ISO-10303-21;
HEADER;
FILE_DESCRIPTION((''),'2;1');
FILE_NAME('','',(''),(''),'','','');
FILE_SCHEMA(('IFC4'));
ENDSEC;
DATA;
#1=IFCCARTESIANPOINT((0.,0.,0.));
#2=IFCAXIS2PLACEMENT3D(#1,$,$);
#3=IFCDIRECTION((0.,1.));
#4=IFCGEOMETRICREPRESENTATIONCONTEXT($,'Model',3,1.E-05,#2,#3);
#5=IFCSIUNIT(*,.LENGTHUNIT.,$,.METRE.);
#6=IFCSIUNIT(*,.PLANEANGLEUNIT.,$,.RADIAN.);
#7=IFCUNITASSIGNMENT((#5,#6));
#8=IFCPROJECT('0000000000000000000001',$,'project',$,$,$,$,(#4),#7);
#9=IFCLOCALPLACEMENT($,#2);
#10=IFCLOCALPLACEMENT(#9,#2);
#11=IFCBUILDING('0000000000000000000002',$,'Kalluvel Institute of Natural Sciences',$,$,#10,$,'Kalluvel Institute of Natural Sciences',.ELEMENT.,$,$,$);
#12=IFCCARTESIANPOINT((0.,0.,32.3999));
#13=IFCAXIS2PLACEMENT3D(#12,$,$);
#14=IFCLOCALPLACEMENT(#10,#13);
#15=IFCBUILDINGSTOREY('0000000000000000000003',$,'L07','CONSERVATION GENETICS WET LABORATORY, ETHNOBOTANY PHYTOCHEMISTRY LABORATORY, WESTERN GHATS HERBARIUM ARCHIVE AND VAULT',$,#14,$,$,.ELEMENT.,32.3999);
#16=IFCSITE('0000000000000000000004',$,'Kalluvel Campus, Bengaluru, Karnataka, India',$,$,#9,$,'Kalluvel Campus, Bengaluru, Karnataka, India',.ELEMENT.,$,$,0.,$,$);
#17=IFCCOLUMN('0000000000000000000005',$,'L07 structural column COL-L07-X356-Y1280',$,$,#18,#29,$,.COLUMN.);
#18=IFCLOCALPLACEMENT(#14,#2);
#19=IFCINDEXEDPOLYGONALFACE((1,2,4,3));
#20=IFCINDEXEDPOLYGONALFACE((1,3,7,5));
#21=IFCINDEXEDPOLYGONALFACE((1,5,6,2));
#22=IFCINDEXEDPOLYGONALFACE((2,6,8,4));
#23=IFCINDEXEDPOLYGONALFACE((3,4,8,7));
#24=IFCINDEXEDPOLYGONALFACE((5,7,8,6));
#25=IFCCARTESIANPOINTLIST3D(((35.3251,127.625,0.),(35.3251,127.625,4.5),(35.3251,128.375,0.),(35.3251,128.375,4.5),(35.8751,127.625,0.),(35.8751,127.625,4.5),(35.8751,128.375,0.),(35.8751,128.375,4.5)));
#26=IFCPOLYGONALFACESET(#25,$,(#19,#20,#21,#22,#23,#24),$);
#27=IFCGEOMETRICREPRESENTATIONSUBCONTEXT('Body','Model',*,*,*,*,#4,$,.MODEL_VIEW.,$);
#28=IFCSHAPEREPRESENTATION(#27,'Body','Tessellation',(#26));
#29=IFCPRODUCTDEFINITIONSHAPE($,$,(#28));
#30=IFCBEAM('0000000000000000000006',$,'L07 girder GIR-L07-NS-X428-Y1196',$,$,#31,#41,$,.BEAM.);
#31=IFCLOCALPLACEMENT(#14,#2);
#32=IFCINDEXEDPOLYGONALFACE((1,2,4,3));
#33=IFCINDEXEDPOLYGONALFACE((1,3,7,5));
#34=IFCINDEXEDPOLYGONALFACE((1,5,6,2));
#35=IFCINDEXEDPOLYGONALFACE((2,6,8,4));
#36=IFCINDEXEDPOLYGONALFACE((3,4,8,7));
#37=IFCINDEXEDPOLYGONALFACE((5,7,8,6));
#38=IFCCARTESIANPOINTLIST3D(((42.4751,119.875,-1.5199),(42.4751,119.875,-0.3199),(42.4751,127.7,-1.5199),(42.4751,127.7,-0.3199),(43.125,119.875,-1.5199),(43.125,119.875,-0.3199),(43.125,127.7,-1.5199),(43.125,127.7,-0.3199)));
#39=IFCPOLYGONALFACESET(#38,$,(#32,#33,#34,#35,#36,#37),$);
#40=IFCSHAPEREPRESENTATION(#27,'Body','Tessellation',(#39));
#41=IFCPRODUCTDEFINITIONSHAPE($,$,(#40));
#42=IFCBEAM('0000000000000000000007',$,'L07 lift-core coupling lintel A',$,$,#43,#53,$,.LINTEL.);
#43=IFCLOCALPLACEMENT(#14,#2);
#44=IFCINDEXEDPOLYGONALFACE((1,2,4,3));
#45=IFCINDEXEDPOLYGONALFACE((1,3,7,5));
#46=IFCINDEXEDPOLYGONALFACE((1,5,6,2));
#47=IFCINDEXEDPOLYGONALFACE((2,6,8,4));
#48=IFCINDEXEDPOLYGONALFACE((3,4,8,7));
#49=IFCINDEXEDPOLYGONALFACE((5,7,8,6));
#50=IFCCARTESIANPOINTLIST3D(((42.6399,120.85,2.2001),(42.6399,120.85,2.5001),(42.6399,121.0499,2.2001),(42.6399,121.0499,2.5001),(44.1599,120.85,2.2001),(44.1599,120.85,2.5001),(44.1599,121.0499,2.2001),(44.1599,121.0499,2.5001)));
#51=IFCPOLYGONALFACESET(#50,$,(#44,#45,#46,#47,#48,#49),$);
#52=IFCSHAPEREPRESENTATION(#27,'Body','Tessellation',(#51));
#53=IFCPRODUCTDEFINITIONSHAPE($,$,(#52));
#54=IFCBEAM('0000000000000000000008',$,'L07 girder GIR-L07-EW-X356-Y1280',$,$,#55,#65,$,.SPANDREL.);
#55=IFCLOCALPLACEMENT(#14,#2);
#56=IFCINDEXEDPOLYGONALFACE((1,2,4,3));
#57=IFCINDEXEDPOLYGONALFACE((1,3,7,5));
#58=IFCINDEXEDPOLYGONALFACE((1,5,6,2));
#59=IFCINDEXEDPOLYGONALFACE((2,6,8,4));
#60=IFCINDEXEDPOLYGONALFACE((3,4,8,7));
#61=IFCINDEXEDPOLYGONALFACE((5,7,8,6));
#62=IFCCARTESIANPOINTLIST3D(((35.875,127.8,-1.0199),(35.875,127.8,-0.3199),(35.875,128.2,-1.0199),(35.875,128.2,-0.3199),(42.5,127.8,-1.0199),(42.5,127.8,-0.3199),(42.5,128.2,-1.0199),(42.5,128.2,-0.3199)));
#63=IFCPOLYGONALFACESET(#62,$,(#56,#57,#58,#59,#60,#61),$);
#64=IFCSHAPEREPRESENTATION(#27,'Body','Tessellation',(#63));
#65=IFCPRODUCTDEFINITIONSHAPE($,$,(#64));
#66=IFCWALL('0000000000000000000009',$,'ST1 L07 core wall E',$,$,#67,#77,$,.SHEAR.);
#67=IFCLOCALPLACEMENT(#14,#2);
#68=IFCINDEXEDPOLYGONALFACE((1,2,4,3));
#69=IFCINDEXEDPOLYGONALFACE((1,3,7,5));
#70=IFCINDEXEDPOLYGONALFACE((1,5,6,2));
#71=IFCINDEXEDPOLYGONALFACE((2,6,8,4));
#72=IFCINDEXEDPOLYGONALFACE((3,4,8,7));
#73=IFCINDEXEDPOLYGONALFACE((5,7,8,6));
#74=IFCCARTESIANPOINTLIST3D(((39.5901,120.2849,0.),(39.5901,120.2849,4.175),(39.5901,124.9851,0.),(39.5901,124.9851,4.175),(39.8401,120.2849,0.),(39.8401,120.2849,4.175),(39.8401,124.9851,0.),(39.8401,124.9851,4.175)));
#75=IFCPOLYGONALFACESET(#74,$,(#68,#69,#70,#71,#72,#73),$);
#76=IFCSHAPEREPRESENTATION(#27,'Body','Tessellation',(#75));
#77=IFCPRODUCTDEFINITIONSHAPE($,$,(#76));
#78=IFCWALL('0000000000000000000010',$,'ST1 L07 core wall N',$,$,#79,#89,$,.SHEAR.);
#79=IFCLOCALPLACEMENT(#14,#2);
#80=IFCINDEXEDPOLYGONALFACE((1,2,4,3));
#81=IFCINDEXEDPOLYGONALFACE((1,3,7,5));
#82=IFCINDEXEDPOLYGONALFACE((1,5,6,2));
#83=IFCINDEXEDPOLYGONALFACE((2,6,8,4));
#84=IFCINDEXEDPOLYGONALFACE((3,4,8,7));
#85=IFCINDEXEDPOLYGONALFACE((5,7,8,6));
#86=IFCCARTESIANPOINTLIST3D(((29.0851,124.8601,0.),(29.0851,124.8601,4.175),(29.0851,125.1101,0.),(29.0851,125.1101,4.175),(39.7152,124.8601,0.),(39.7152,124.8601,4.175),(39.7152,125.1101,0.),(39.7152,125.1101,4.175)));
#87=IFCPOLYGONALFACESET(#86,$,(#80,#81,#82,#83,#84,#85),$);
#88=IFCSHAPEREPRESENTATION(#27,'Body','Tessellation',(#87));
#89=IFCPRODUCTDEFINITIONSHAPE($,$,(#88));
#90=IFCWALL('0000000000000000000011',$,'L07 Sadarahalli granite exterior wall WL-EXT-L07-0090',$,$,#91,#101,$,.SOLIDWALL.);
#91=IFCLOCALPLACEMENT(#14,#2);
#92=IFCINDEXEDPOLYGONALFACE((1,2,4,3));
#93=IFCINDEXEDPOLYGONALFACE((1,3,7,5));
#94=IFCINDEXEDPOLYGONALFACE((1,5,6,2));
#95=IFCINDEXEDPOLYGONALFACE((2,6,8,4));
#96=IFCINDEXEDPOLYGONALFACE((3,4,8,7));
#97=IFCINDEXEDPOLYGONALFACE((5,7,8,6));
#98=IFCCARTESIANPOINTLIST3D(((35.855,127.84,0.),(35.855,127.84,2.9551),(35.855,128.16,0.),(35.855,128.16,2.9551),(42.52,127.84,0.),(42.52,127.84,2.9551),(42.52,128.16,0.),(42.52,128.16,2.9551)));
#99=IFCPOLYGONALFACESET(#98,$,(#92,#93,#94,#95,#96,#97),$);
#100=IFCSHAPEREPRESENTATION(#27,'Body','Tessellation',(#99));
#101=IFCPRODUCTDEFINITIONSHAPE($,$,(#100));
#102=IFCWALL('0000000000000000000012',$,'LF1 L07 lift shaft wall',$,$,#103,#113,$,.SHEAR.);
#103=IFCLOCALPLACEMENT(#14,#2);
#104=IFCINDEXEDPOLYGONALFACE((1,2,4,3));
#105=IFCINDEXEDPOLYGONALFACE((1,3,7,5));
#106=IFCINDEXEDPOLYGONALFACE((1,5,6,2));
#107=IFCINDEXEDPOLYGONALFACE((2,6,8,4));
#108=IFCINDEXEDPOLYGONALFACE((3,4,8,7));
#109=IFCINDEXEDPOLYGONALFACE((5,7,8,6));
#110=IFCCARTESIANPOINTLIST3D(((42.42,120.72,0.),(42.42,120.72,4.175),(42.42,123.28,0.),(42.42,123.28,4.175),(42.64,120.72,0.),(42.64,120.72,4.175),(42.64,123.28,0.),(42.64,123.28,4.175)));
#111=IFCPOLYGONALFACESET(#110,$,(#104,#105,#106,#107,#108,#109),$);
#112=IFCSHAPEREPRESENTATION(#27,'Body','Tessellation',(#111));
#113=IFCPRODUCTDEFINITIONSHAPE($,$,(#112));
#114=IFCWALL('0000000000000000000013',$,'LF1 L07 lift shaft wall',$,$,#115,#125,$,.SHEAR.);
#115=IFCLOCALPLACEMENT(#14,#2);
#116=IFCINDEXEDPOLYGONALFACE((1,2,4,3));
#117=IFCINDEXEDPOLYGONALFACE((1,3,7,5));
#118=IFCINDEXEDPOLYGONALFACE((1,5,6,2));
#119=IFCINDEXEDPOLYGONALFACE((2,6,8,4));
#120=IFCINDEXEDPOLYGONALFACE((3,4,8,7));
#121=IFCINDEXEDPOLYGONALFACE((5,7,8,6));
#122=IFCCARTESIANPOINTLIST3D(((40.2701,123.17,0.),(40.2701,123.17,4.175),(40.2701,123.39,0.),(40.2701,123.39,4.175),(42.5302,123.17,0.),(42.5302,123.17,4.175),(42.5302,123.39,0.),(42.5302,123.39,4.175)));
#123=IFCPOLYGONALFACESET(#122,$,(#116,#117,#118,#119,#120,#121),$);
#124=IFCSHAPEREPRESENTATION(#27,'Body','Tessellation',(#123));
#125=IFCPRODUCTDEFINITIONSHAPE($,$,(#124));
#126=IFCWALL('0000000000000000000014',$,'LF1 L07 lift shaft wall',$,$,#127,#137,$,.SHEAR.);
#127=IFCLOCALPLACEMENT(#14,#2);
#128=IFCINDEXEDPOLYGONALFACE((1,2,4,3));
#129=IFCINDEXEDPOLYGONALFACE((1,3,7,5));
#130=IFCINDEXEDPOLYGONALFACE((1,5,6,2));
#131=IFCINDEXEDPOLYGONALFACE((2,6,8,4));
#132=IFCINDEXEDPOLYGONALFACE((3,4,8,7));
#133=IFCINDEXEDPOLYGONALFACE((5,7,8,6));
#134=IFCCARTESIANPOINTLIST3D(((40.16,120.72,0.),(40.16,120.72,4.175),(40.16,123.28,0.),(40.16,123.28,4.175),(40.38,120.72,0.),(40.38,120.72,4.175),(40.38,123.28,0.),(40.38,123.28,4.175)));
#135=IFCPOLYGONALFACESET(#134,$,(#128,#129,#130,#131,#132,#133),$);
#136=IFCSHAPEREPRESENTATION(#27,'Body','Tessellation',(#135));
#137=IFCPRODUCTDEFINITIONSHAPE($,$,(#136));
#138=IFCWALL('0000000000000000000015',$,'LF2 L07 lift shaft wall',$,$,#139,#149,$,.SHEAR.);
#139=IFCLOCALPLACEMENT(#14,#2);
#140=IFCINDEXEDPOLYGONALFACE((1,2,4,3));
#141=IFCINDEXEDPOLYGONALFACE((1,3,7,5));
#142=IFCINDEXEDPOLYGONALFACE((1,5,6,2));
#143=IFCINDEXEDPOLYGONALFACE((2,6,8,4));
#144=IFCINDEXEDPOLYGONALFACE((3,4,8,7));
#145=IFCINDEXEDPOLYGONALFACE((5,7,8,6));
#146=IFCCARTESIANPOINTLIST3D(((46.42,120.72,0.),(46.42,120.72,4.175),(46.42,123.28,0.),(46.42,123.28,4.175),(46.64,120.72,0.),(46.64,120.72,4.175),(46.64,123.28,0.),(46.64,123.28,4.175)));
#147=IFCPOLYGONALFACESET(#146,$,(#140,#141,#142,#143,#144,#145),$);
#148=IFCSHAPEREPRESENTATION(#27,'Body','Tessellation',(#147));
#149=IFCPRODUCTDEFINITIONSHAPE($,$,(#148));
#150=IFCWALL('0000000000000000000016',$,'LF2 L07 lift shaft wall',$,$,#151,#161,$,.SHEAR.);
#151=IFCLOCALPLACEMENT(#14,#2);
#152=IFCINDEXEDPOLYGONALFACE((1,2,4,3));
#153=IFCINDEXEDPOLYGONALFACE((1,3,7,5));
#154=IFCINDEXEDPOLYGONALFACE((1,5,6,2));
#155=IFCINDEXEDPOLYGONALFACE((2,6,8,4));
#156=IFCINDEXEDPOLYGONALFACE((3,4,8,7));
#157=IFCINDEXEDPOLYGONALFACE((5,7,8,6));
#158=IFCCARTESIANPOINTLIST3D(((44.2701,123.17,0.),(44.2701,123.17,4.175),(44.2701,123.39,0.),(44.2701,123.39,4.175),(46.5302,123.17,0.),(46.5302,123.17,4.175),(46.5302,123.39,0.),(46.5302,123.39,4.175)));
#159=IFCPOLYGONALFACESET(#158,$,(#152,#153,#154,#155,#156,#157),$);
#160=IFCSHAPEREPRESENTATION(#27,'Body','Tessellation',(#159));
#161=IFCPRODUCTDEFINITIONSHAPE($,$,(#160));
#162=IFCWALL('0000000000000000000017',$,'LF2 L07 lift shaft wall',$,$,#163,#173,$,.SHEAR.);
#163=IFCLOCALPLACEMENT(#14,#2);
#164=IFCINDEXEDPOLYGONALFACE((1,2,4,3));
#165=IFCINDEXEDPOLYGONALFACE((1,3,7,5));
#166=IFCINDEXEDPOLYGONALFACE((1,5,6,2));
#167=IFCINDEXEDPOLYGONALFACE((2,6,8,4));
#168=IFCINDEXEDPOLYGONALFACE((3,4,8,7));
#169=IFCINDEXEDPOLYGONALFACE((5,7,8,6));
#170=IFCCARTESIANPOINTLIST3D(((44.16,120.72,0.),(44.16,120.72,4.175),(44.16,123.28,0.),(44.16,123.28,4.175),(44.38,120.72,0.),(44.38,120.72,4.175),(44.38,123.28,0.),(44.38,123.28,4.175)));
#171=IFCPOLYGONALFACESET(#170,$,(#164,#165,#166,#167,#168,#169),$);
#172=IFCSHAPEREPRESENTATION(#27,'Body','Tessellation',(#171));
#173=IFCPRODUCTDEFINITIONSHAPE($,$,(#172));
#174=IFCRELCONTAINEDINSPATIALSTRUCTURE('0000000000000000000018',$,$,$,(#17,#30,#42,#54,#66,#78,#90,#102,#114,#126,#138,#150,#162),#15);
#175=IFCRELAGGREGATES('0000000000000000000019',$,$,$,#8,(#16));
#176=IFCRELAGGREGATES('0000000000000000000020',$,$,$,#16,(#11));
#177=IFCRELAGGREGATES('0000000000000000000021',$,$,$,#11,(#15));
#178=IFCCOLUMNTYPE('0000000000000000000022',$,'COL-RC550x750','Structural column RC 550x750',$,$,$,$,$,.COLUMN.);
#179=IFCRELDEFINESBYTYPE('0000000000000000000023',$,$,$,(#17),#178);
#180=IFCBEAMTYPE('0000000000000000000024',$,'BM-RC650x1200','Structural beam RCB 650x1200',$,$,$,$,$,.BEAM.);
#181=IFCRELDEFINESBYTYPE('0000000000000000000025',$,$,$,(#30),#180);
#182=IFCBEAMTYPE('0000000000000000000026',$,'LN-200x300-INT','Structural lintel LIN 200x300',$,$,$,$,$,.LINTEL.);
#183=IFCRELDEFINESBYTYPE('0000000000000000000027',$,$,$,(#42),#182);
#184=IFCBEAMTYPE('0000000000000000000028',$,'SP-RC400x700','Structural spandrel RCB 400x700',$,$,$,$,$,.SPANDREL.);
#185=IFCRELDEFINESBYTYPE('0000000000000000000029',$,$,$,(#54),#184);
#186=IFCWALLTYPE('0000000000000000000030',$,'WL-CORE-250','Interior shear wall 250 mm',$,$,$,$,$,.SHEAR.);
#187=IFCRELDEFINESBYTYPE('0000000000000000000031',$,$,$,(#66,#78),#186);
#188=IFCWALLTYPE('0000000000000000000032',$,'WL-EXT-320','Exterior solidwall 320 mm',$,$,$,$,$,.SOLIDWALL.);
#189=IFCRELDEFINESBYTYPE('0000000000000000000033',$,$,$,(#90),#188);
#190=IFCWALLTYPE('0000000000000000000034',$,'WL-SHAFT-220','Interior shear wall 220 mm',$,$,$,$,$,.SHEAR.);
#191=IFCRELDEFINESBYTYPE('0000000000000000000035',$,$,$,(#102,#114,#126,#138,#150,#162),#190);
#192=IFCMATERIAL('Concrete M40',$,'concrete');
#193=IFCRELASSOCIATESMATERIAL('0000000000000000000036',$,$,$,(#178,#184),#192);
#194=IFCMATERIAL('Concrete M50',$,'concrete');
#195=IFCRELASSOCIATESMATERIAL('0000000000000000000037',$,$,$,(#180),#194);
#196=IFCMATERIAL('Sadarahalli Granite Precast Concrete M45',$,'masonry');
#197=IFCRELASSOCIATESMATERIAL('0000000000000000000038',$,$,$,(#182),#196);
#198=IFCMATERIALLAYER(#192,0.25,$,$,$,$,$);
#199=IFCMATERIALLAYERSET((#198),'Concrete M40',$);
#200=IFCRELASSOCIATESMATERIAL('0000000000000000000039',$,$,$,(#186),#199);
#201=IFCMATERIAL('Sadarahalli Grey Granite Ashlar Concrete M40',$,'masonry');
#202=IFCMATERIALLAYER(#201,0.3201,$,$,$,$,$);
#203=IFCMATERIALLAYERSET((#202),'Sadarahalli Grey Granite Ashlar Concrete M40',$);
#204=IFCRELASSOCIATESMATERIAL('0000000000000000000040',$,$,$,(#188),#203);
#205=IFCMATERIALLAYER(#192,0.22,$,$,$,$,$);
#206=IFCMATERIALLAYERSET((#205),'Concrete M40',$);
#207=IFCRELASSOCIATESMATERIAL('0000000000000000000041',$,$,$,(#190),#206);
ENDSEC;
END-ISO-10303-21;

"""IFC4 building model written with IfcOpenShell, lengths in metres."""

from ifc_helpers import new_model, si_unit, direction, frame, frame_2d, origin, origin_2d, place, context, subcontext, project, spatial, rectangle, extrude, material, layer, layer_set, material_profile, profile_set, type_object, element, save


model = new_model("IFC4")

# Units and contexts
model_context = context("Model", 3, precision=1e-05, world=origin(), true_north=direction((0.0, 1.0)))
body_context = subcontext(model_context, "Body", "Model", "MODEL_VIEW")
ifc_project = project(units=[si_unit("LENGTHUNIT", "METRE"), si_unit("PLANEANGLEUNIT", "RADIAN")], contexts=[model_context])

# Site, building, storey
site_placement = place(None, origin())
site = spatial("IfcSite", under=ifc_project, at=site_placement, Name="Kalluvel Campus, Bengaluru, Karnataka, India", LongName="Kalluvel Campus, Bengaluru, Karnataka, India", CompositionType="ELEMENT", RefElevation=0.0)
building_placement = place(site_placement, origin())
building = spatial("IfcBuilding", under=site, at=building_placement, Name="Kalluvel Institute of Natural Sciences", LongName="Kalluvel Institute of Natural Sciences", CompositionType="ELEMENT")
storey_placement = place(building_placement, frame((0.0, 0.0, 32.3999)))
storey = spatial("IfcBuildingStorey", under=building, at=storey_placement, Name="L07", Description="CONSERVATION GENETICS WET LABORATORY, ETHNOBOTANY PHYTOCHEMISTRY LABORATORY, WESTERN GHATS HERBARIUM ARCHIVE AND VAULT", CompositionType="ELEMENT", Elevation=32.3999)

# Column
ifc_material_1 = material(Name="Concrete M40", Category="concrete")
ifc_material_profile_1 = material_profile(ifc_material_1, rectangle(XDim=0.55, YDim=0.75, at=origin_2d()), Name="RC 550x750")
ifc_profile_set_1 = profile_set([ifc_material_profile_1], Name="Concrete M40")
column_type = type_object("IfcColumnType", Name="COL-RC550x750", Description="Structural column RC 550x750", PredefinedType="COLUMN", material=ifc_profile_set_1)
column_placement = place(storey_placement, frame((35.6001, 128.0, 0.0), z_axis=(0.0, 0.0, 1.0), x_axis=(1.0, 0.0, 0.0)))
element("IfcColumn", 1, at=column_placement, inside=storey, type_object=column_type, Name="L07 structural column COL-L07-X356-Y1280", PredefinedType="COLUMN", context=body_context, shape_type="SweptSolid", body=[
    extrude(rectangle(XDim=0.55, YDim=0.75, at=origin_2d()), origin(), (0.0, 0.0, 1.0), 4.5),
])

# Beams
ifc_material_2 = material(Name="Concrete M50", Category="concrete")
ifc_material_profile_2 = material_profile(ifc_material_2, rectangle(XDim=0.6499, YDim=1.2, at=origin_2d()), Name="RCB 650x1200")
ifc_profile_set_2 = profile_set([ifc_material_profile_2], Name="Concrete M50")
beam_type_1 = type_object("IfcBeamType", Name="BM-RC650x1200", Description="Structural beam RCB 650x1200", PredefinedType="BEAM", material=ifc_profile_set_2)
beam_1_placement = place(storey_placement, frame((42.8, 119.875, -0.9199), z_axis=(0.0, 1.0, 0.0), x_axis=(-1.0, 0.0, 0.0)))
element("IfcBeam", 2, at=beam_1_placement, inside=storey, type_object=beam_type_1, Name="L07 girder GIR-L07-NS-X428-Y1196", PredefinedType="BEAM", context=body_context, shape_type="SweptSolid", body=[
    extrude(rectangle(XDim=0.6499, YDim=1.2, at=origin_2d()), origin(), (0.0, 0.0, 1.0), 7.825),
])
ifc_material_3 = material(Name="Sadarahalli Granite Precast Concrete M45", Category="masonry")
ifc_material_profile_3 = material_profile(ifc_material_3, rectangle(XDim=0.2, YDim=0.3, at=origin_2d()), Name="LIN 200x300")
ifc_profile_set_3 = profile_set([ifc_material_profile_3], Name="Sadarahalli Granite Precast Concrete M45")
beam_type_2 = type_object("IfcBeamType", Name="LN-200x300-INT", Description="Structural lintel LIN 200x300", PredefinedType="LINTEL", material=ifc_profile_set_3)
beam_2_placement = place(storey_placement, frame((42.6399, 120.95, 2.3501), z_axis=(1.0, 0.0, 0.0), x_axis=(0.0, 1.0, 0.0)))
element("IfcBeam", 3, at=beam_2_placement, inside=storey, type_object=beam_type_2, Name="L07 lift-core coupling lintel A", PredefinedType="LINTEL", context=body_context, shape_type="SweptSolid", body=[
    extrude(rectangle(XDim=0.2, YDim=0.3, at=origin_2d()), origin(), (0.0, 0.0, 1.0), 1.52),
])
ifc_material_profile_4 = material_profile(ifc_material_1, rectangle(XDim=0.3999, YDim=0.7, at=origin_2d()), Name="RCB 400x700")
ifc_profile_set_4 = profile_set([ifc_material_profile_4], Name="Concrete M40")
beam_type_3 = type_object("IfcBeamType", Name="SP-RC400x700", Description="Structural spandrel RCB 400x700", PredefinedType="SPANDREL", material=ifc_profile_set_4)
beam_3_placement = place(storey_placement, frame((35.875, 128.0, -0.6699), z_axis=(1.0, 0.0, 0.0), x_axis=(0.0, 1.0, 0.0)))
element("IfcBeam", 4, at=beam_3_placement, inside=storey, type_object=beam_type_3, Name="L07 girder GIR-L07-EW-X356-Y1280", PredefinedType="SPANDREL", context=body_context, shape_type="SweptSolid", body=[
    extrude(rectangle(XDim=0.3999, YDim=0.7, at=origin_2d()), origin(), (0.0, 0.0, 1.0), 6.625),
])

# Walls
ifc_layer_1 = layer(ifc_material_1, 0.25)
ifc_layer_set_1 = layer_set([ifc_layer_1], Name="Concrete M40")
wall_type_1 = type_object("IfcWallType", Name="WL-CORE-250", Description="Interior shear wall 250 mm", PredefinedType="SHEAR", material=ifc_layer_set_1)
wall_1_placement = place(storey_placement, frame((39.7151, 120.2849, 0.0), z_axis=(0.0, 0.0, 1.0), x_axis=(0.0, 1.0, 0.0)))
element("IfcWall", 5, at=wall_1_placement, inside=storey, type_object=wall_type_1, Name="ST1 L07 core wall E", PredefinedType="SHEAR", context=body_context, shape_type="SweptSolid", body=[
    extrude(rectangle(XDim=4.7002, YDim=0.25, at=frame_2d((2.3501, 0.0))), origin(), (0.0, 0.0, 1.0), 4.175),
])
wall_2_placement = place(storey_placement, frame((39.7151, 124.9851, 0.0), z_axis=(0.0, 0.0, 1.0), x_axis=(-1.0, 0.0, 0.0)))
element("IfcWall", 6, at=wall_2_placement, inside=storey, type_object=wall_type_1, Name="ST1 L07 core wall N", PredefinedType="SHEAR", context=body_context, shape_type="SweptSolid", body=[
    extrude(rectangle(XDim=10.6301, YDim=0.25, at=frame_2d((5.3149, 0.0))), origin(), (0.0, 0.0, 1.0), 4.175),
])
ifc_material_4 = material(Name="Sadarahalli Grey Granite Ashlar Concrete M40", Category="masonry")
ifc_layer_2 = layer(ifc_material_4, 0.3201)
ifc_layer_set_2 = layer_set([ifc_layer_2], Name="Sadarahalli Grey Granite Ashlar Concrete M40")
wall_type_2 = type_object("IfcWallType", Name="WL-EXT-320", Description="Exterior solidwall 320 mm", PredefinedType="SOLIDWALL", material=ifc_layer_set_2)
wall_3_placement = place(storey_placement, frame((35.855, 128.0, 0.0), z_axis=(0.0, 0.0, 1.0), x_axis=(1.0, 0.0, 0.0)))
element("IfcWall", 7, at=wall_3_placement, inside=storey, type_object=wall_type_2, Name="L07 Sadarahalli granite exterior wall WL-EXT-L07-0090", PredefinedType="SOLIDWALL", context=body_context, shape_type="SweptSolid", body=[
    extrude(rectangle(XDim=6.665, YDim=0.3201, at=frame_2d((3.3325, 0.0))), origin(), (0.0, 0.0, 1.0), 2.9551),
])

# Shared definitions
ifc_layer_3 = layer(ifc_material_1, 0.22)
ifc_layer_set_3 = layer_set([ifc_layer_3], Name="Concrete M40")
wall_type_3 = type_object("IfcWallType", Name="WL-SHAFT-220", Description="Interior shear wall 220 mm", PredefinedType="SHEAR", material=ifc_layer_set_3)

# Walls
wall_4_placement = place(storey_placement, frame((42.53, 120.72, 0.0), z_axis=(0.0, 0.0, 1.0), x_axis=(0.0, 1.0, 0.0)))
element("IfcWall", 8, at=wall_4_placement, inside=storey, type_object=wall_type_3, Name="LF1 L07 lift shaft wall", PredefinedType="SHEAR", context=body_context, shape_type="SweptSolid", body=[
    extrude(rectangle(XDim=2.5601, YDim=0.22, at=frame_2d((1.28, 0.0))), origin(), (0.0, 0.0, 1.0), 4.175),
])
wall_5_placement = place(storey_placement, frame((42.53, 123.28, 0.0), z_axis=(0.0, 0.0, 1.0), x_axis=(-1.0, 0.0, 0.0)))
element("IfcWall", 9, at=wall_5_placement, inside=storey, type_object=wall_type_3, Name="LF1 L07 lift shaft wall", PredefinedType="SHEAR", context=body_context, shape_type="SweptSolid", body=[
    extrude(rectangle(XDim=2.26, YDim=0.22, at=frame_2d((1.1299, 0.0))), origin(), (0.0, 0.0, 1.0), 4.175),
])
wall_6_placement = place(storey_placement, frame((40.27, 123.28, 0.0), z_axis=(0.0, 0.0, 1.0), x_axis=(0.0, -1.0, 0.0)))
element("IfcWall", 10, at=wall_6_placement, inside=storey, type_object=wall_type_3, Name="LF1 L07 lift shaft wall", PredefinedType="SHEAR", context=body_context, shape_type="SweptSolid", body=[
    extrude(rectangle(XDim=2.5601, YDim=0.22, at=frame_2d((1.28, 0.0))), origin(), (0.0, 0.0, 1.0), 4.175),
])

# Walls
wall_7_placement = place(storey_placement, frame((46.53, 120.72, 0.0), z_axis=(0.0, 0.0, 1.0), x_axis=(0.0, 1.0, 0.0)))
element("IfcWall", 11, at=wall_7_placement, inside=storey, type_object=wall_type_3, Name="LF2 L07 lift shaft wall", PredefinedType="SHEAR", context=body_context, shape_type="SweptSolid", body=[
    extrude(rectangle(XDim=2.5601, YDim=0.22, at=frame_2d((1.28, 0.0))), origin(), (0.0, 0.0, 1.0), 4.175),
])
wall_8_placement = place(storey_placement, frame((46.53, 123.28, 0.0), z_axis=(0.0, 0.0, 1.0), x_axis=(-1.0, 0.0, 0.0)))
element("IfcWall", 12, at=wall_8_placement, inside=storey, type_object=wall_type_3, Name="LF2 L07 lift shaft wall", PredefinedType="SHEAR", context=body_context, shape_type="SweptSolid", body=[
    extrude(rectangle(XDim=2.26, YDim=0.22, at=frame_2d((1.1299, 0.0))), origin(), (0.0, 0.0, 1.0), 4.175),
])
wall_9_placement = place(storey_placement, frame((44.27, 123.28, 0.0), z_axis=(0.0, 0.0, 1.0), x_axis=(0.0, -1.0, 0.0)))
element("IfcWall", 13, at=wall_9_placement, inside=storey, type_object=wall_type_3, Name="LF2 L07 lift shaft wall", PredefinedType="SHEAR", context=body_context, shape_type="SweptSolid", body=[
    extrude(rectangle(XDim=2.5601, YDim=0.22, at=frame_2d((1.28, 0.0))), origin(), (0.0, 0.0, 1.0), 4.175),
])

save(model, "model.ifc")
